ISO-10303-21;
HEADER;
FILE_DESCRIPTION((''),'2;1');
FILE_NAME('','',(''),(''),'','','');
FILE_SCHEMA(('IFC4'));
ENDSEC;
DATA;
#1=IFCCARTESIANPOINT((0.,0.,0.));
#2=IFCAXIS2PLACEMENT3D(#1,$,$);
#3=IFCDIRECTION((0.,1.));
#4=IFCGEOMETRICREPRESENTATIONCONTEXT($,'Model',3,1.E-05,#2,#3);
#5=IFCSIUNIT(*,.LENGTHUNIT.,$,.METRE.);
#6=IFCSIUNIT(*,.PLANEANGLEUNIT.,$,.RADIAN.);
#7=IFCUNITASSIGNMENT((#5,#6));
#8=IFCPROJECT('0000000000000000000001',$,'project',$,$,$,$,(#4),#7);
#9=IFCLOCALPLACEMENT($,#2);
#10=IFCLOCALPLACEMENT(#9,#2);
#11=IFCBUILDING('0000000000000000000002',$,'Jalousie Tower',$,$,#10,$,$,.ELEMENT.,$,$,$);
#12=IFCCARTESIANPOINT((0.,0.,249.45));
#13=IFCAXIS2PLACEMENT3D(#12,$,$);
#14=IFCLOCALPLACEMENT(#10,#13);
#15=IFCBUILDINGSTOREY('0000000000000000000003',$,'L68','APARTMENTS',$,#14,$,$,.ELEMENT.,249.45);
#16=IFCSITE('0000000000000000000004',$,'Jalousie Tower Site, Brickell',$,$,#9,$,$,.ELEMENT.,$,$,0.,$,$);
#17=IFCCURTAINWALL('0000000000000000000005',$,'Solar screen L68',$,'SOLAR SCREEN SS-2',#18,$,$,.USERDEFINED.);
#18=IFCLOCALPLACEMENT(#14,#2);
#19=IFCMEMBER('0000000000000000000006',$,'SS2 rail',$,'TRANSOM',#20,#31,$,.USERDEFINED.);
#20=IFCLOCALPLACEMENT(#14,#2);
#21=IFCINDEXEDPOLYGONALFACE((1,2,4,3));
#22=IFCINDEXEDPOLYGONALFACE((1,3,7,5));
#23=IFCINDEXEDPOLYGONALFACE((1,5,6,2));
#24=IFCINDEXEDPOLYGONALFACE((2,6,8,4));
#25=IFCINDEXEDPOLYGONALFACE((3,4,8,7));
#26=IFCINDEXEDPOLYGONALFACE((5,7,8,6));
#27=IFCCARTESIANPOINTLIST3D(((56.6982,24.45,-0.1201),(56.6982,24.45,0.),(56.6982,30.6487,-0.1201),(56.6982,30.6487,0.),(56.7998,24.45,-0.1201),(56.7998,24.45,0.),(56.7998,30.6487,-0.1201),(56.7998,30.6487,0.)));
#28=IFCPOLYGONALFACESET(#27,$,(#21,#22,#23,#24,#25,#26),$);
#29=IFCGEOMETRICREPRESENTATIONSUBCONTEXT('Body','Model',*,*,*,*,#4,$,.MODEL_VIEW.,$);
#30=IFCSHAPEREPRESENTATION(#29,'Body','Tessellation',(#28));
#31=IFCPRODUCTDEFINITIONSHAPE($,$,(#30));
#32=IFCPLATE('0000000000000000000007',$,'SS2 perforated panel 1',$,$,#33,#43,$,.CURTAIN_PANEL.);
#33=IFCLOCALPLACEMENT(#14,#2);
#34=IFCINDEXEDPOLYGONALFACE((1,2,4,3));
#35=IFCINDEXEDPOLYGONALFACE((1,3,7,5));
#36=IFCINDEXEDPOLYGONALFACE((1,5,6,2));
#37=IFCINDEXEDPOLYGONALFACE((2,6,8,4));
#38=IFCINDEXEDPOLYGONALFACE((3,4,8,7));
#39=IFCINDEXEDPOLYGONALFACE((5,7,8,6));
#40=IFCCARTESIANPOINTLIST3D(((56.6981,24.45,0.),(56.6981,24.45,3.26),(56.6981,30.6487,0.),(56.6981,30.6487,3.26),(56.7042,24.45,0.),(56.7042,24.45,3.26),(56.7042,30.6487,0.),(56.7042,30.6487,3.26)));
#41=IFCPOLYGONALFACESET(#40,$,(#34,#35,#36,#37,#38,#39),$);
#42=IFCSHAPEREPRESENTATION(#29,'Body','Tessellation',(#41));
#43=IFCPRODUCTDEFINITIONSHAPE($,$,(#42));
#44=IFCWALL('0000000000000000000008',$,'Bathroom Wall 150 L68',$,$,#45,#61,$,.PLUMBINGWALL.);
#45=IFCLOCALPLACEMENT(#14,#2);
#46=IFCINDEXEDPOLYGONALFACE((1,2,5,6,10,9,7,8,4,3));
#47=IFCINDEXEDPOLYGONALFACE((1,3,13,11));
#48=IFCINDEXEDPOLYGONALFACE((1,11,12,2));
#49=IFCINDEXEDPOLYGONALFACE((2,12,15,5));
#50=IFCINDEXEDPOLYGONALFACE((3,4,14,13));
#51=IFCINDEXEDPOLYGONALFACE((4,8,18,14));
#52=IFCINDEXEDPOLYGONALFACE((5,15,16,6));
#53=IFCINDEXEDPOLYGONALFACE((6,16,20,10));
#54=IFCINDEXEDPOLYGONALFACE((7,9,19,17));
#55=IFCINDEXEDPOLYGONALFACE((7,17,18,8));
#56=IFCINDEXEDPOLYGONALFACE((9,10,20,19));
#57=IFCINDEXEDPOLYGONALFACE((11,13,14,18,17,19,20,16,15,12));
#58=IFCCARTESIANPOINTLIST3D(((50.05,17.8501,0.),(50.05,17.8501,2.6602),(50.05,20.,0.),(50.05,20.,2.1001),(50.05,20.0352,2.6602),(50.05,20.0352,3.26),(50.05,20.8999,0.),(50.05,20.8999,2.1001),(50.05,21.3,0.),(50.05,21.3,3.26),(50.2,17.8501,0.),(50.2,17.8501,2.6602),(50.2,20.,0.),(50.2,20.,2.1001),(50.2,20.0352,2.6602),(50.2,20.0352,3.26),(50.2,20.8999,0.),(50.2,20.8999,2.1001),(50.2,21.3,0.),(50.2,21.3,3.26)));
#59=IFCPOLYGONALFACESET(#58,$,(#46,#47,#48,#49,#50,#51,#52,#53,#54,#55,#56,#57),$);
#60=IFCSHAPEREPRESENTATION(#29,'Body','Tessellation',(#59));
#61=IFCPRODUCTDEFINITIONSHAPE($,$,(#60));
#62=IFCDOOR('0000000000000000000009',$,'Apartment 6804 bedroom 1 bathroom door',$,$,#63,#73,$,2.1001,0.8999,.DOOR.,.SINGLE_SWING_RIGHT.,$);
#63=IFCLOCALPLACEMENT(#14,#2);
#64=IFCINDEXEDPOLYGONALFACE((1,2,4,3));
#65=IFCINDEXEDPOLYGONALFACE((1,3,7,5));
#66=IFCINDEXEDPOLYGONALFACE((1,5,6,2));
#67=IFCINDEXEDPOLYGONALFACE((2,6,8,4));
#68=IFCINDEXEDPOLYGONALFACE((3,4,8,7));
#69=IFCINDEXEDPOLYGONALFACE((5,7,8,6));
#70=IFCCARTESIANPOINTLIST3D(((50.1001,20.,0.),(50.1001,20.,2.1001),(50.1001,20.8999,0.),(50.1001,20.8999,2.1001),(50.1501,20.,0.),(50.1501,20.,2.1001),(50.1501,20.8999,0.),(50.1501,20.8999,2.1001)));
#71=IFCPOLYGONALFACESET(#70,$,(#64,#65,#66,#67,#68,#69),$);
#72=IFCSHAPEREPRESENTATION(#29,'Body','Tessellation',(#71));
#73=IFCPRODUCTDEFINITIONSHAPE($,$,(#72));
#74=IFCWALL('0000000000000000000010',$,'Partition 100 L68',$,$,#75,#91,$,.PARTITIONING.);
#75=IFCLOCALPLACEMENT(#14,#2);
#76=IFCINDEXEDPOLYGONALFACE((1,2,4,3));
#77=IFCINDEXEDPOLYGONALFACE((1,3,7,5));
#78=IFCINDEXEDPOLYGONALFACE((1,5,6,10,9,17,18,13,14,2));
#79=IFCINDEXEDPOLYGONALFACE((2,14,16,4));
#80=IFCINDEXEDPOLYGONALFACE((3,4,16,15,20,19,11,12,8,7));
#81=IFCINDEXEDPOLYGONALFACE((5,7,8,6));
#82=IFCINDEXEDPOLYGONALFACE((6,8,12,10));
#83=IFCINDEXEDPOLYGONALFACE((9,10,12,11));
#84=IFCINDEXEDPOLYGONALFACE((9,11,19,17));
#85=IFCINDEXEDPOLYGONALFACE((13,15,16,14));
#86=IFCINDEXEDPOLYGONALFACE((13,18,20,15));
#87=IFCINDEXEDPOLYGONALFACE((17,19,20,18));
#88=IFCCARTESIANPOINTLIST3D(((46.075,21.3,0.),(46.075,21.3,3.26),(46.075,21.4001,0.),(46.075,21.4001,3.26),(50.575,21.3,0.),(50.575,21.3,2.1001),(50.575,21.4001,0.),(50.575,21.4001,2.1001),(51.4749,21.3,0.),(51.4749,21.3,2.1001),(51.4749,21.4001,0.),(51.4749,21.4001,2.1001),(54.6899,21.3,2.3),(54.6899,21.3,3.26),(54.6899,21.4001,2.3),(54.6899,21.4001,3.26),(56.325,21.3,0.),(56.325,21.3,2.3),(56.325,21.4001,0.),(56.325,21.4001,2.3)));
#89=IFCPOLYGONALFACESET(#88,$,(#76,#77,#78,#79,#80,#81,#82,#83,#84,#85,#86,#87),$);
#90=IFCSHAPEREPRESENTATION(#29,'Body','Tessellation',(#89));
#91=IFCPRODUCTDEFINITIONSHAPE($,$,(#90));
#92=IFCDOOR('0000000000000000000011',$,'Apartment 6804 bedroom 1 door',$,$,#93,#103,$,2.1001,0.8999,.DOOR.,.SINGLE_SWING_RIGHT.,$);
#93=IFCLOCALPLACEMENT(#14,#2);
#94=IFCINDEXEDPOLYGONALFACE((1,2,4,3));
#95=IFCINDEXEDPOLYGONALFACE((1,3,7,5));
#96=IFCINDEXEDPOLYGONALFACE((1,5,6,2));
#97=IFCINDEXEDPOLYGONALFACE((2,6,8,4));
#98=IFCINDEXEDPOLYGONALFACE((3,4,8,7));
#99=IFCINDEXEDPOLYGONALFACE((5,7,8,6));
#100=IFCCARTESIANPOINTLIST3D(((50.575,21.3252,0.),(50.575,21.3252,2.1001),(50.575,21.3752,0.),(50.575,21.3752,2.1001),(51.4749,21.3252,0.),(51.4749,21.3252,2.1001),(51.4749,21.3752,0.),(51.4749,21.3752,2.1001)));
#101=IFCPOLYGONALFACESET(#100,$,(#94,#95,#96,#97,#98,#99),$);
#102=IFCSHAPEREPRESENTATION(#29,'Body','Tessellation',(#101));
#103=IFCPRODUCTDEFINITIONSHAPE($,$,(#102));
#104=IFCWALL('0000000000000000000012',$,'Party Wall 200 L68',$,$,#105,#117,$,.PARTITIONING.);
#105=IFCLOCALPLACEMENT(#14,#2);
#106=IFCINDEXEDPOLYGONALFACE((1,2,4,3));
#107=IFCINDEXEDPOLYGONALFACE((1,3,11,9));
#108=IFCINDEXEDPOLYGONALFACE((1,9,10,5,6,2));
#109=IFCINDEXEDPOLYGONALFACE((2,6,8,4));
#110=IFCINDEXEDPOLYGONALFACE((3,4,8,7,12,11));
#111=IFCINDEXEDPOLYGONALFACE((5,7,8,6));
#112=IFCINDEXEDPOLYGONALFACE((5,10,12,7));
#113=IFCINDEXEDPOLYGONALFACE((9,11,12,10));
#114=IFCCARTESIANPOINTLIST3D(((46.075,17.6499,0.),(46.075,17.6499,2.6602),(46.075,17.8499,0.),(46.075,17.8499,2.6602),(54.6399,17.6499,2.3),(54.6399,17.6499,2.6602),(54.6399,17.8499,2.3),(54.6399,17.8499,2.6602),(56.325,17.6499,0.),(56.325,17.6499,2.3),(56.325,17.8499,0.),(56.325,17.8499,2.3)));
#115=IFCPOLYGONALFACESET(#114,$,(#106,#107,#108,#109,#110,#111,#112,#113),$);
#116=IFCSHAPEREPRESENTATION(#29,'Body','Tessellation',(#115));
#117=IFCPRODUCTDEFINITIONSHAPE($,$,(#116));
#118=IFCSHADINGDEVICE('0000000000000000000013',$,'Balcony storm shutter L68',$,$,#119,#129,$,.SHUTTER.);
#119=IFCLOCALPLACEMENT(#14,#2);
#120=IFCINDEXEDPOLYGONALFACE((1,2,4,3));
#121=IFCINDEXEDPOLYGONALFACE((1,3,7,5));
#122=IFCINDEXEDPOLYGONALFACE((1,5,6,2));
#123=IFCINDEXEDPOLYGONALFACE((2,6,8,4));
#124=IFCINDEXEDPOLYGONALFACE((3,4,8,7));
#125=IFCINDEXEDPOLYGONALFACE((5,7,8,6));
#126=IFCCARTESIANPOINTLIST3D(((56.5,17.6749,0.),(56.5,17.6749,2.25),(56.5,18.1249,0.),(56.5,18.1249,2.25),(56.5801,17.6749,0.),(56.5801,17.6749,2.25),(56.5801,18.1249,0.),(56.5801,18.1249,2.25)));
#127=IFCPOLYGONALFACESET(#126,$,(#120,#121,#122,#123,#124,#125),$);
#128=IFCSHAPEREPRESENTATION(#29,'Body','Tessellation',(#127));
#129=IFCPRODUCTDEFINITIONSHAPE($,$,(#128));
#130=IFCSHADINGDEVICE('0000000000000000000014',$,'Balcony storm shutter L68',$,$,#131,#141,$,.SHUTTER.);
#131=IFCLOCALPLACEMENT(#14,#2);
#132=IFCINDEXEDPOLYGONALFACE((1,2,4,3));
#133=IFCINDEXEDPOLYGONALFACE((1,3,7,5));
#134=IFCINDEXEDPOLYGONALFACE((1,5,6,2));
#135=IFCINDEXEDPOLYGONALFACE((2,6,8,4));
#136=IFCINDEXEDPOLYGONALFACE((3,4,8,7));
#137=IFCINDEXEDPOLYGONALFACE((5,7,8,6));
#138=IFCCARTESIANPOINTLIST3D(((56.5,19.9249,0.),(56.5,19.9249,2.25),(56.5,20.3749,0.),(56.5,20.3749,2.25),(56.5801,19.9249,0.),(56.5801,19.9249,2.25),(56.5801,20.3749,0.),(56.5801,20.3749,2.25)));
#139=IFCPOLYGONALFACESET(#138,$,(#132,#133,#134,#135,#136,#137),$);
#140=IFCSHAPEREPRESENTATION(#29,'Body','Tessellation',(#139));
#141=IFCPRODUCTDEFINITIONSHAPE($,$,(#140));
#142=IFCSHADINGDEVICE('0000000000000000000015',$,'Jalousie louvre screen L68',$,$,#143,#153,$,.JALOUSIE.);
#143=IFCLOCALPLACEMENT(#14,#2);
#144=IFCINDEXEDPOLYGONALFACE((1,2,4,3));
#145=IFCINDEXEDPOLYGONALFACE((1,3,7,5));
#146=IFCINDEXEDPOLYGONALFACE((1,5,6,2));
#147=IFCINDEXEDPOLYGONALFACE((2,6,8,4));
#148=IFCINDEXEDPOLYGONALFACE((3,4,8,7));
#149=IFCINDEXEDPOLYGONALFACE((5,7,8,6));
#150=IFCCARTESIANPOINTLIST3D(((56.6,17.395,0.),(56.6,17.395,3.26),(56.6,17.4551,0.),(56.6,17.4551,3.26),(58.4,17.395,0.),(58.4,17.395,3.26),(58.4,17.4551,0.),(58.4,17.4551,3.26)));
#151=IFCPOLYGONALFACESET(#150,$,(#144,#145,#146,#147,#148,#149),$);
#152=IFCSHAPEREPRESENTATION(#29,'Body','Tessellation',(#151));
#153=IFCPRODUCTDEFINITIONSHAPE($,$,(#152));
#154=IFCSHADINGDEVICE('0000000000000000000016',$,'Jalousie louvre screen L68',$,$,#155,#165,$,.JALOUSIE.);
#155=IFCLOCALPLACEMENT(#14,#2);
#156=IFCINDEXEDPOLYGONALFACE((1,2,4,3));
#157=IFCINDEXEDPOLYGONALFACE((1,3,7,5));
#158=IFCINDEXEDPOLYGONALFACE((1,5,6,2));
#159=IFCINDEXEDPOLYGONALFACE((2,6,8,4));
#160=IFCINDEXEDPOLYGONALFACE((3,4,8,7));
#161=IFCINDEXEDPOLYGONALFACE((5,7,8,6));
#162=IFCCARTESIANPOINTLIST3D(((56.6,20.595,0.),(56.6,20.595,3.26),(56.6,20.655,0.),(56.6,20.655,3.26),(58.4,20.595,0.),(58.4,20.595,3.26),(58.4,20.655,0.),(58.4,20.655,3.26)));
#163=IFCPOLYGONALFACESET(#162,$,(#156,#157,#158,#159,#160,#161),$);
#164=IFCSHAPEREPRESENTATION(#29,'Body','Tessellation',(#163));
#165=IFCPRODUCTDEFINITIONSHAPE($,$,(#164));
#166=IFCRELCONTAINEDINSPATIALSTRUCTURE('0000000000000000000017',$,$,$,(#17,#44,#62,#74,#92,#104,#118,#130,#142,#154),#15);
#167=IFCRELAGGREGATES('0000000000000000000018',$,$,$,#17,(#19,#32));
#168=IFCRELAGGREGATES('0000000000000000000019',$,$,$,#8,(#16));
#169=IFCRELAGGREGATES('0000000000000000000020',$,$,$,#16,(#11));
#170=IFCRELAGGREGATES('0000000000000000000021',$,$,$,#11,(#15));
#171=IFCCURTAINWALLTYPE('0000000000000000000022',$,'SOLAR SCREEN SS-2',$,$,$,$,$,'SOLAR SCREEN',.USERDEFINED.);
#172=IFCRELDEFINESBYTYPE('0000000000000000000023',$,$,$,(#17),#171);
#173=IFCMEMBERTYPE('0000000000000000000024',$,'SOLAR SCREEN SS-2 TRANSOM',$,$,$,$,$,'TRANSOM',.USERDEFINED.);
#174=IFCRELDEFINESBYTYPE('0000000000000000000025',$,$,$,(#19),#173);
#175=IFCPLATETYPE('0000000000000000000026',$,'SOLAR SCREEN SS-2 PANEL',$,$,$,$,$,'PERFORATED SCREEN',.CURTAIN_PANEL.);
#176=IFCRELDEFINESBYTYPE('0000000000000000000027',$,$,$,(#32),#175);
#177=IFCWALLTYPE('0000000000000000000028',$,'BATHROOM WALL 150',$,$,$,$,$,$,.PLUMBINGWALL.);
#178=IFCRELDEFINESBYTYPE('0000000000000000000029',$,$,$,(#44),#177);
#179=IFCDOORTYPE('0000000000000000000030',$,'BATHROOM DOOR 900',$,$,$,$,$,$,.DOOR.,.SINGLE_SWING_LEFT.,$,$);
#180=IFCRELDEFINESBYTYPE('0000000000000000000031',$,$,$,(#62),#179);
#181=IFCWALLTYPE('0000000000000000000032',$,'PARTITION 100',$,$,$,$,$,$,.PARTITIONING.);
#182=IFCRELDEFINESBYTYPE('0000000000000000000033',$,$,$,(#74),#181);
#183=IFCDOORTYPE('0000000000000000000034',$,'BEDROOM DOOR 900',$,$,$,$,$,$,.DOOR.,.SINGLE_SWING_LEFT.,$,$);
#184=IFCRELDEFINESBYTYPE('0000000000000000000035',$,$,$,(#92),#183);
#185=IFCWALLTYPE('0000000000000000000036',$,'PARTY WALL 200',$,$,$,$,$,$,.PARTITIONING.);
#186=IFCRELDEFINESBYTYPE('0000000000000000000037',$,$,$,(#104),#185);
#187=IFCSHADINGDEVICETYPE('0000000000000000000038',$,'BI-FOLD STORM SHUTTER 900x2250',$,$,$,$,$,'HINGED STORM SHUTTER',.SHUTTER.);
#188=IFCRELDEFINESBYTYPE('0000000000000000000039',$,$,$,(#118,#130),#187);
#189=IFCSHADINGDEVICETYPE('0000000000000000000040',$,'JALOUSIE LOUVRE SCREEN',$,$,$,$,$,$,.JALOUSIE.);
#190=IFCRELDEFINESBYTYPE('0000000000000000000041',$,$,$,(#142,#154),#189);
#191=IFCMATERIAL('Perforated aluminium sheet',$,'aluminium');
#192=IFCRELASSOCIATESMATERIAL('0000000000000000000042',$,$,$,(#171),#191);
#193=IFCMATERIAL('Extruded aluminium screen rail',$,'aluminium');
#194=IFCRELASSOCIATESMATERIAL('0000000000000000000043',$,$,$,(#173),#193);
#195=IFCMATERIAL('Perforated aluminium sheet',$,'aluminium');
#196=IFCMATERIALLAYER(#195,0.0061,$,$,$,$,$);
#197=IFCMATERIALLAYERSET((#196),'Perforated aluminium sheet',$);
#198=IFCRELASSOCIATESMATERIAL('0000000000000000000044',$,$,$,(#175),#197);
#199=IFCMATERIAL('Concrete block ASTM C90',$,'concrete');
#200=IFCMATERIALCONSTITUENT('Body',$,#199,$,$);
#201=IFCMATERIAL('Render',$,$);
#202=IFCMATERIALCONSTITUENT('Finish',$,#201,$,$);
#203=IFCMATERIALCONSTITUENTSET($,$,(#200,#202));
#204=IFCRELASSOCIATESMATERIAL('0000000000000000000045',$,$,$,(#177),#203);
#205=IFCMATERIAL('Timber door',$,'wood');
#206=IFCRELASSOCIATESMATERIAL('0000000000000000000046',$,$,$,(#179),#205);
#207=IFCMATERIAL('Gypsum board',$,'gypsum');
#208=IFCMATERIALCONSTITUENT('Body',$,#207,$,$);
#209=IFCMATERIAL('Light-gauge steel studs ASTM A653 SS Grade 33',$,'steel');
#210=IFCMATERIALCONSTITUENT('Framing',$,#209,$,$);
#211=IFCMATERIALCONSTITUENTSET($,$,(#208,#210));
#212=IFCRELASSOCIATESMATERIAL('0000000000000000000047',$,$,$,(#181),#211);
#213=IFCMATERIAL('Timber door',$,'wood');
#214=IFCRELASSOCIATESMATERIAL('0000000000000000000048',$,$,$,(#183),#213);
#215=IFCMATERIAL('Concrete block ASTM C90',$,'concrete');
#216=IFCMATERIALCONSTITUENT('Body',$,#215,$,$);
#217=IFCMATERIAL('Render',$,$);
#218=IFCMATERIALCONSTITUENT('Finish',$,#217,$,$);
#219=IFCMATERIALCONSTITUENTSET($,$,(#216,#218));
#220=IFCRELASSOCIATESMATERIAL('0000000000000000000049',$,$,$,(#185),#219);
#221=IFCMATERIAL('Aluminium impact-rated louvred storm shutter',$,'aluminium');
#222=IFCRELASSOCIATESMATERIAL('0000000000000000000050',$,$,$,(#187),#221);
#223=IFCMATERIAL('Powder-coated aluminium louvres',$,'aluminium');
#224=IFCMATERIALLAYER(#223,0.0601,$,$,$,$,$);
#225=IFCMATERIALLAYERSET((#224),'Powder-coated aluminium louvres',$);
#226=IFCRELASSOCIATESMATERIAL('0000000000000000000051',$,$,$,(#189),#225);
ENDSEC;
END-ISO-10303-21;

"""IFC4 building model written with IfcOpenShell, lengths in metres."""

from ifc_helpers import new_model, si_unit, direction, frame, frame_2d, origin, origin_2d, place, context, subcontext, project, spatial, polyline, rectangle, outline, extrude, material, layer, layer_set, constituent, constituent_set, material_profile, profile_set, type_object, element, fill, aggregate, save


model = new_model("IFC4")

# Units and contexts
model_context = context("Model", 3, precision=1e-05, world=origin(), true_north=direction((0.0, 1.0)))
body_context = subcontext(model_context, "Body", "Model", "MODEL_VIEW")
ifc_project = project(units=[si_unit("LENGTHUNIT", "METRE"), si_unit("PLANEANGLEUNIT", "RADIAN")], contexts=[model_context])

# Site, building, storey
site_placement = place(None, origin())
site = spatial("IfcSite", under=ifc_project, at=site_placement, Name="Jalousie Tower Site, Brickell", CompositionType="ELEMENT", RefElevation=0.0)
building_placement = place(site_placement, origin())
building = spatial("IfcBuilding", under=site, at=building_placement, Name="Jalousie Tower", CompositionType="ELEMENT")
storey_placement = place(building_placement, frame((0.0, 0.0, 249.45)))
storey = spatial("IfcBuildingStorey", under=building, at=storey_placement, Name="L68", Description="APARTMENTS", CompositionType="ELEMENT", Elevation=249.45)

# Curtain wall, member, plate
ifc_material_1 = material(Name="Perforated aluminium sheet", Category="aluminium")
curtain_wall_type_1 = type_object("IfcCurtainWallType", Name="SOLAR SCREEN SS-2", ElementType="SOLAR SCREEN", PredefinedType="USERDEFINED", material=ifc_material_1)
curtain_wall_1_placement = place(storey_placement, origin())
curtain_wall_1 = element("IfcCurtainWall", 1, at=curtain_wall_1_placement, inside=storey, type_object=curtain_wall_type_1, Name="Solar screen L68", ObjectType="SOLAR SCREEN SS-2", PredefinedType="USERDEFINED")
ifc_material_2 = material(Name="Extruded aluminium screen rail", Category="aluminium")
ifc_material_profile_1 = material_profile(ifc_material_2, rectangle(XDim=0.1016, YDim=0.1201, at=origin_2d()), Name="RAIL 102x120")
ifc_profile_set_1 = profile_set([ifc_material_profile_1], Name="Extruded aluminium screen rail")
member_type_1 = type_object("IfcMemberType", Name="SOLAR SCREEN SS-2 TRANSOM", ElementType="TRANSOM", PredefinedType="USERDEFINED", material=ifc_profile_set_1)
member_1_placement = place(storey_placement, frame((56.749, 24.45, -0.0601), z_axis=(0.0, 1.0, 0.0), x_axis=(-1.0, 0.0, 0.0)))
member_1 = element("IfcMember", 2, at=member_1_placement, type_object=member_type_1, Name="SS2 rail", ObjectType="TRANSOM", PredefinedType="USERDEFINED", context=body_context, shape_type="SweptSolid", body=[
    extrude(rectangle(XDim=0.1016, YDim=0.1201, at=origin_2d()), origin(), (0.0, 0.0, 1.0), 6.1987),
])
ifc_material_3 = material(Name="Perforated aluminium sheet", Category="aluminium")
ifc_layer_1 = layer(ifc_material_3, 0.0061)
ifc_layer_set_1 = layer_set([ifc_layer_1], Name="Perforated aluminium sheet")
plate_type = type_object("IfcPlateType", Name="SOLAR SCREEN SS-2 PANEL", ElementType="PERFORATED SCREEN", PredefinedType="CURTAIN_PANEL", material=ifc_layer_set_1)
plate_placement = place(storey_placement, frame((56.7012, 27.5493, 0.0), z_axis=(0.0, 0.0, 1.0), x_axis=(0.0, 1.0, 0.0)))
plate = element("IfcPlate", 3, at=plate_placement, type_object=plate_type, Name="SS2 perforated panel 1", PredefinedType="CURTAIN_PANEL", context=body_context, shape_type="SweptSolid", body=[
    extrude(rectangle(XDim=6.1987, YDim=0.0061, at=origin_2d()), origin(), (0.0, 0.0, 1.0), 3.26),
])
aggregate(curtain_wall_1, [member_1, plate])

# Walls, openings, doors
ifc_material_4 = material(Name="Concrete block ASTM C90", Category="concrete")
ifc_constituent_1 = constituent(ifc_material_4, Name="Body")
ifc_material_5 = material(Name="Render")
ifc_constituent_2 = constituent(ifc_material_5, Name="Finish")
ifc_constituent_set_1 = constituent_set(constituents=[ifc_constituent_1, ifc_constituent_2])
wall_type_1 = type_object("IfcWallType", Name="BATHROOM WALL 150", PredefinedType="PLUMBINGWALL", material=ifc_constituent_set_1)
wall_1_placement = place(storey_placement, frame((50.125, 17.8501, 0.0), z_axis=(0.0, 0.0, 1.0), x_axis=(0.0, 1.0, 0.0)))
wall_1 = element("IfcWall", 4, at=wall_1_placement, inside=storey, type_object=wall_type_1, Name="Bathroom Wall 150 L68", PredefinedType="PLUMBINGWALL", context=body_context, shape_type="SweptSolid", body=[
    extrude(outline(polyline([(0.0, 0.0), (3.45, 0.0), (3.45, 3.26), (2.1851, 3.26), (2.1851, 2.6602), (0.0, 2.6602), (0.0, 3.26), (0.0, 0.0)])), frame((0.0, 0.075, 0.0), z_axis=(0.0, -1.0, 0.0), x_axis=(1.0, 0.0, 0.0)), (0.0, 0.0, 1.0), 0.1499),
])
opening_1_placement = place(wall_1_placement, frame((2.1499, 0.0, 0.0)))
opening_1 = element("IfcOpeningElement", 5, at=opening_1_placement, cuts=wall_1, PredefinedType="OPENING", context=body_context, shape_type="SweptSolid", body=[
    extrude(rectangle(XDim=0.8999, YDim=2.1001, at=frame_2d((0.45, 1.05))), frame((0.0, 0.085, 0.0), z_axis=(0.0, -1.0, 0.0), x_axis=(1.0, 0.0, 0.0)), (0.0, 0.0, 1.0), 0.1699),
])
ifc_material_6 = material(Name="Timber door", Category="wood")
door_type_1 = type_object("IfcDoorType", Name="BATHROOM DOOR 900", OperationType="SINGLE_SWING_LEFT", PredefinedType="DOOR", material=ifc_material_6)
door_1_placement = place(opening_1_placement, origin())
door_1 = element("IfcDoor", 6, at=door_1_placement, inside=storey, type_object=door_type_1, Name="Apartment 6804 bedroom 1 bathroom door", OperationType="SINGLE_SWING_RIGHT", OverallHeight=2.1001, OverallWidth=0.8999, PredefinedType="DOOR", context=body_context, shape_type="SweptSolid", body=[
    extrude(rectangle(XDim=0.8999, YDim=2.1001, at=frame_2d((0.45, 1.05))), frame((0.0, 0.0249, 0.0), z_axis=(0.0, -1.0, 0.0), x_axis=(1.0, 0.0, 0.0)), (0.0, 0.0, 1.0), 0.05),
])
fill(opening_1, door_1)
ifc_material_7 = material(Name="Gypsum board", Category="gypsum")
ifc_constituent_3 = constituent(ifc_material_7, Name="Body")
ifc_material_8 = material(Name="Light-gauge steel studs ASTM A653 SS Grade 33", Category="steel")
ifc_constituent_4 = constituent(ifc_material_8, Name="Framing")
ifc_constituent_set_2 = constituent_set(constituents=[ifc_constituent_3, ifc_constituent_4])
wall_type_2 = type_object("IfcWallType", Name="PARTITION 100", PredefinedType="PARTITIONING", material=ifc_constituent_set_2)
wall_2_placement = place(storey_placement, frame((56.325, 21.3501, 0.0), z_axis=(0.0, 0.0, 1.0), x_axis=(-1.0, 0.0, 0.0)))
wall_2 = element("IfcWall", 7, at=wall_2_placement, inside=storey, type_object=wall_type_2, Name="Partition 100 L68", PredefinedType="PARTITIONING", context=body_context, shape_type="SweptSolid", body=[
    extrude(outline(polyline([(0.0, 0.0), (10.25, 0.0), (10.25, 3.26), (1.635, 3.26), (1.635, 2.3), (0.0, 2.3), (0.0, 3.26), (0.0, 0.0)])), frame((0.0, 0.05, 0.0), z_axis=(0.0, -1.0, 0.0), x_axis=(1.0, 0.0, 0.0)), (0.0, 0.0, 1.0), 0.1001),
])
opening_2_placement = place(wall_2_placement, frame((4.8501, 0.0, 0.0)))
opening_2 = element("IfcOpeningElement", 8, at=opening_2_placement, cuts=wall_2, PredefinedType="OPENING", context=body_context, shape_type="SweptSolid", body=[
    extrude(rectangle(XDim=0.8999, YDim=2.1001, at=frame_2d((0.45, 1.05))), frame((0.0, 0.0601, 0.0), z_axis=(0.0, -1.0, 0.0), x_axis=(1.0, 0.0, 0.0)), (0.0, 0.0, 1.0), 0.1201),
])
ifc_material_9 = material(Name="Timber door", Category="wood")
door_type_2 = type_object("IfcDoorType", Name="BEDROOM DOOR 900", OperationType="SINGLE_SWING_LEFT", PredefinedType="DOOR", material=ifc_material_9)
door_2_placement = place(opening_2_placement, origin())
door_2 = element("IfcDoor", 9, at=door_2_placement, inside=storey, type_object=door_type_2, Name="Apartment 6804 bedroom 1 door", OperationType="SINGLE_SWING_RIGHT", OverallHeight=2.1001, OverallWidth=0.8999, PredefinedType="DOOR", context=body_context, shape_type="SweptSolid", body=[
    extrude(rectangle(XDim=0.8999, YDim=2.1001, at=frame_2d((0.45, 1.05))), frame((0.0, 0.0249, 0.0), z_axis=(0.0, -1.0, 0.0), x_axis=(1.0, 0.0, 0.0)), (0.0, 0.0, 1.0), 0.05),
])
fill(opening_2, door_2)

# Wall
ifc_material_10 = material(Name="Concrete block ASTM C90", Category="concrete")
ifc_constituent_5 = constituent(ifc_material_10, Name="Body")
ifc_material_11 = material(Name="Render")
ifc_constituent_6 = constituent(ifc_material_11, Name="Finish")
ifc_constituent_set_3 = constituent_set(constituents=[ifc_constituent_5, ifc_constituent_6])
wall_type_3 = type_object("IfcWallType", Name="PARTY WALL 200", PredefinedType="PARTITIONING", material=ifc_constituent_set_3)
wall_3_placement = place(storey_placement, frame((56.325, 17.75, 0.0), z_axis=(0.0, 0.0, 1.0), x_axis=(-1.0, 0.0, 0.0)))
element("IfcWall", 10, at=wall_3_placement, inside=storey, type_object=wall_type_3, Name="Party Wall 200 L68", PredefinedType="PARTITIONING", context=body_context, shape_type="SweptSolid", body=[
    extrude(outline(polyline([(0.0, 0.0), (10.25, 0.0), (10.25, 3.26), (10.25, 2.6602), (1.6851, 2.6602), (1.6851, 2.3), (0.0, 2.3), (0.0, 3.26), (0.0, 0.0)])), frame((0.0, 0.1001, 0.0), z_axis=(0.0, -1.0, 0.0), x_axis=(1.0, 0.0, 0.0)), (0.0, 0.0, 1.0), 0.2),
])

# Shading devices
ifc_material_12 = material(Name="Aluminium impact-rated louvred storm shutter", Category="aluminium")
shading_device_type_1 = type_object("IfcShadingDeviceType", Name="BI-FOLD STORM SHUTTER 900x2250", ElementType="HINGED STORM SHUTTER", PredefinedType="SHUTTER", material=ifc_material_12)
for number, where, z_axis, x_axis, name in (
    (11, (56.54, 17.8999, 0.0), (0.0, 0.0, 1.0), (0.0, 1.0, 0.0), "Balcony storm shutter L68"),
    (12, (56.54, 20.1499, 0.0), (0.0, 0.0, 1.0), (0.0, 1.0, 0.0), "Balcony storm shutter L68"),
):
    element("IfcShadingDevice", number, at=place(storey_placement, frame(where, z_axis=z_axis, x_axis=x_axis)), inside=storey, type_object=shading_device_type_1, Name=name, PredefinedType="SHUTTER", context=body_context, shape_type="SweptSolid", body=[
        extrude(rectangle(XDim=0.45, YDim=0.0801, at=origin_2d()), origin(), (0.0, 0.0, 1.0), 2.25),
    ])
ifc_material_13 = material(Name="Powder-coated aluminium louvres", Category="aluminium")
ifc_layer_2 = layer(ifc_material_13, 0.0601)
ifc_layer_set_2 = layer_set([ifc_layer_2], Name="Powder-coated aluminium louvres")
shading_device_type_2 = type_object("IfcShadingDeviceType", Name="JALOUSIE LOUVRE SCREEN", PredefinedType="JALOUSIE", material=ifc_layer_set_2)
for number, where, z_axis, x_axis, name in (
    (13, (57.5, 17.425, 0.0), (0.0, 0.0, 1.0), (0.0, 1.0, 0.0), "Jalousie louvre screen L68"),
    (14, (57.5, 20.625, 0.0), (0.0, 0.0, 1.0), (0.0, 1.0, 0.0), "Jalousie louvre screen L68"),
):
    element("IfcShadingDevice", number, at=place(storey_placement, frame(where, z_axis=z_axis, x_axis=x_axis)), inside=storey, type_object=shading_device_type_2, Name=name, PredefinedType="JALOUSIE", context=body_context, shape_type="SweptSolid", body=[
        extrude(rectangle(XDim=0.0601, YDim=1.8, at=origin_2d()), origin(), (0.0, 0.0, 1.0), 3.26),
    ])

save(model, "model.ifc")
